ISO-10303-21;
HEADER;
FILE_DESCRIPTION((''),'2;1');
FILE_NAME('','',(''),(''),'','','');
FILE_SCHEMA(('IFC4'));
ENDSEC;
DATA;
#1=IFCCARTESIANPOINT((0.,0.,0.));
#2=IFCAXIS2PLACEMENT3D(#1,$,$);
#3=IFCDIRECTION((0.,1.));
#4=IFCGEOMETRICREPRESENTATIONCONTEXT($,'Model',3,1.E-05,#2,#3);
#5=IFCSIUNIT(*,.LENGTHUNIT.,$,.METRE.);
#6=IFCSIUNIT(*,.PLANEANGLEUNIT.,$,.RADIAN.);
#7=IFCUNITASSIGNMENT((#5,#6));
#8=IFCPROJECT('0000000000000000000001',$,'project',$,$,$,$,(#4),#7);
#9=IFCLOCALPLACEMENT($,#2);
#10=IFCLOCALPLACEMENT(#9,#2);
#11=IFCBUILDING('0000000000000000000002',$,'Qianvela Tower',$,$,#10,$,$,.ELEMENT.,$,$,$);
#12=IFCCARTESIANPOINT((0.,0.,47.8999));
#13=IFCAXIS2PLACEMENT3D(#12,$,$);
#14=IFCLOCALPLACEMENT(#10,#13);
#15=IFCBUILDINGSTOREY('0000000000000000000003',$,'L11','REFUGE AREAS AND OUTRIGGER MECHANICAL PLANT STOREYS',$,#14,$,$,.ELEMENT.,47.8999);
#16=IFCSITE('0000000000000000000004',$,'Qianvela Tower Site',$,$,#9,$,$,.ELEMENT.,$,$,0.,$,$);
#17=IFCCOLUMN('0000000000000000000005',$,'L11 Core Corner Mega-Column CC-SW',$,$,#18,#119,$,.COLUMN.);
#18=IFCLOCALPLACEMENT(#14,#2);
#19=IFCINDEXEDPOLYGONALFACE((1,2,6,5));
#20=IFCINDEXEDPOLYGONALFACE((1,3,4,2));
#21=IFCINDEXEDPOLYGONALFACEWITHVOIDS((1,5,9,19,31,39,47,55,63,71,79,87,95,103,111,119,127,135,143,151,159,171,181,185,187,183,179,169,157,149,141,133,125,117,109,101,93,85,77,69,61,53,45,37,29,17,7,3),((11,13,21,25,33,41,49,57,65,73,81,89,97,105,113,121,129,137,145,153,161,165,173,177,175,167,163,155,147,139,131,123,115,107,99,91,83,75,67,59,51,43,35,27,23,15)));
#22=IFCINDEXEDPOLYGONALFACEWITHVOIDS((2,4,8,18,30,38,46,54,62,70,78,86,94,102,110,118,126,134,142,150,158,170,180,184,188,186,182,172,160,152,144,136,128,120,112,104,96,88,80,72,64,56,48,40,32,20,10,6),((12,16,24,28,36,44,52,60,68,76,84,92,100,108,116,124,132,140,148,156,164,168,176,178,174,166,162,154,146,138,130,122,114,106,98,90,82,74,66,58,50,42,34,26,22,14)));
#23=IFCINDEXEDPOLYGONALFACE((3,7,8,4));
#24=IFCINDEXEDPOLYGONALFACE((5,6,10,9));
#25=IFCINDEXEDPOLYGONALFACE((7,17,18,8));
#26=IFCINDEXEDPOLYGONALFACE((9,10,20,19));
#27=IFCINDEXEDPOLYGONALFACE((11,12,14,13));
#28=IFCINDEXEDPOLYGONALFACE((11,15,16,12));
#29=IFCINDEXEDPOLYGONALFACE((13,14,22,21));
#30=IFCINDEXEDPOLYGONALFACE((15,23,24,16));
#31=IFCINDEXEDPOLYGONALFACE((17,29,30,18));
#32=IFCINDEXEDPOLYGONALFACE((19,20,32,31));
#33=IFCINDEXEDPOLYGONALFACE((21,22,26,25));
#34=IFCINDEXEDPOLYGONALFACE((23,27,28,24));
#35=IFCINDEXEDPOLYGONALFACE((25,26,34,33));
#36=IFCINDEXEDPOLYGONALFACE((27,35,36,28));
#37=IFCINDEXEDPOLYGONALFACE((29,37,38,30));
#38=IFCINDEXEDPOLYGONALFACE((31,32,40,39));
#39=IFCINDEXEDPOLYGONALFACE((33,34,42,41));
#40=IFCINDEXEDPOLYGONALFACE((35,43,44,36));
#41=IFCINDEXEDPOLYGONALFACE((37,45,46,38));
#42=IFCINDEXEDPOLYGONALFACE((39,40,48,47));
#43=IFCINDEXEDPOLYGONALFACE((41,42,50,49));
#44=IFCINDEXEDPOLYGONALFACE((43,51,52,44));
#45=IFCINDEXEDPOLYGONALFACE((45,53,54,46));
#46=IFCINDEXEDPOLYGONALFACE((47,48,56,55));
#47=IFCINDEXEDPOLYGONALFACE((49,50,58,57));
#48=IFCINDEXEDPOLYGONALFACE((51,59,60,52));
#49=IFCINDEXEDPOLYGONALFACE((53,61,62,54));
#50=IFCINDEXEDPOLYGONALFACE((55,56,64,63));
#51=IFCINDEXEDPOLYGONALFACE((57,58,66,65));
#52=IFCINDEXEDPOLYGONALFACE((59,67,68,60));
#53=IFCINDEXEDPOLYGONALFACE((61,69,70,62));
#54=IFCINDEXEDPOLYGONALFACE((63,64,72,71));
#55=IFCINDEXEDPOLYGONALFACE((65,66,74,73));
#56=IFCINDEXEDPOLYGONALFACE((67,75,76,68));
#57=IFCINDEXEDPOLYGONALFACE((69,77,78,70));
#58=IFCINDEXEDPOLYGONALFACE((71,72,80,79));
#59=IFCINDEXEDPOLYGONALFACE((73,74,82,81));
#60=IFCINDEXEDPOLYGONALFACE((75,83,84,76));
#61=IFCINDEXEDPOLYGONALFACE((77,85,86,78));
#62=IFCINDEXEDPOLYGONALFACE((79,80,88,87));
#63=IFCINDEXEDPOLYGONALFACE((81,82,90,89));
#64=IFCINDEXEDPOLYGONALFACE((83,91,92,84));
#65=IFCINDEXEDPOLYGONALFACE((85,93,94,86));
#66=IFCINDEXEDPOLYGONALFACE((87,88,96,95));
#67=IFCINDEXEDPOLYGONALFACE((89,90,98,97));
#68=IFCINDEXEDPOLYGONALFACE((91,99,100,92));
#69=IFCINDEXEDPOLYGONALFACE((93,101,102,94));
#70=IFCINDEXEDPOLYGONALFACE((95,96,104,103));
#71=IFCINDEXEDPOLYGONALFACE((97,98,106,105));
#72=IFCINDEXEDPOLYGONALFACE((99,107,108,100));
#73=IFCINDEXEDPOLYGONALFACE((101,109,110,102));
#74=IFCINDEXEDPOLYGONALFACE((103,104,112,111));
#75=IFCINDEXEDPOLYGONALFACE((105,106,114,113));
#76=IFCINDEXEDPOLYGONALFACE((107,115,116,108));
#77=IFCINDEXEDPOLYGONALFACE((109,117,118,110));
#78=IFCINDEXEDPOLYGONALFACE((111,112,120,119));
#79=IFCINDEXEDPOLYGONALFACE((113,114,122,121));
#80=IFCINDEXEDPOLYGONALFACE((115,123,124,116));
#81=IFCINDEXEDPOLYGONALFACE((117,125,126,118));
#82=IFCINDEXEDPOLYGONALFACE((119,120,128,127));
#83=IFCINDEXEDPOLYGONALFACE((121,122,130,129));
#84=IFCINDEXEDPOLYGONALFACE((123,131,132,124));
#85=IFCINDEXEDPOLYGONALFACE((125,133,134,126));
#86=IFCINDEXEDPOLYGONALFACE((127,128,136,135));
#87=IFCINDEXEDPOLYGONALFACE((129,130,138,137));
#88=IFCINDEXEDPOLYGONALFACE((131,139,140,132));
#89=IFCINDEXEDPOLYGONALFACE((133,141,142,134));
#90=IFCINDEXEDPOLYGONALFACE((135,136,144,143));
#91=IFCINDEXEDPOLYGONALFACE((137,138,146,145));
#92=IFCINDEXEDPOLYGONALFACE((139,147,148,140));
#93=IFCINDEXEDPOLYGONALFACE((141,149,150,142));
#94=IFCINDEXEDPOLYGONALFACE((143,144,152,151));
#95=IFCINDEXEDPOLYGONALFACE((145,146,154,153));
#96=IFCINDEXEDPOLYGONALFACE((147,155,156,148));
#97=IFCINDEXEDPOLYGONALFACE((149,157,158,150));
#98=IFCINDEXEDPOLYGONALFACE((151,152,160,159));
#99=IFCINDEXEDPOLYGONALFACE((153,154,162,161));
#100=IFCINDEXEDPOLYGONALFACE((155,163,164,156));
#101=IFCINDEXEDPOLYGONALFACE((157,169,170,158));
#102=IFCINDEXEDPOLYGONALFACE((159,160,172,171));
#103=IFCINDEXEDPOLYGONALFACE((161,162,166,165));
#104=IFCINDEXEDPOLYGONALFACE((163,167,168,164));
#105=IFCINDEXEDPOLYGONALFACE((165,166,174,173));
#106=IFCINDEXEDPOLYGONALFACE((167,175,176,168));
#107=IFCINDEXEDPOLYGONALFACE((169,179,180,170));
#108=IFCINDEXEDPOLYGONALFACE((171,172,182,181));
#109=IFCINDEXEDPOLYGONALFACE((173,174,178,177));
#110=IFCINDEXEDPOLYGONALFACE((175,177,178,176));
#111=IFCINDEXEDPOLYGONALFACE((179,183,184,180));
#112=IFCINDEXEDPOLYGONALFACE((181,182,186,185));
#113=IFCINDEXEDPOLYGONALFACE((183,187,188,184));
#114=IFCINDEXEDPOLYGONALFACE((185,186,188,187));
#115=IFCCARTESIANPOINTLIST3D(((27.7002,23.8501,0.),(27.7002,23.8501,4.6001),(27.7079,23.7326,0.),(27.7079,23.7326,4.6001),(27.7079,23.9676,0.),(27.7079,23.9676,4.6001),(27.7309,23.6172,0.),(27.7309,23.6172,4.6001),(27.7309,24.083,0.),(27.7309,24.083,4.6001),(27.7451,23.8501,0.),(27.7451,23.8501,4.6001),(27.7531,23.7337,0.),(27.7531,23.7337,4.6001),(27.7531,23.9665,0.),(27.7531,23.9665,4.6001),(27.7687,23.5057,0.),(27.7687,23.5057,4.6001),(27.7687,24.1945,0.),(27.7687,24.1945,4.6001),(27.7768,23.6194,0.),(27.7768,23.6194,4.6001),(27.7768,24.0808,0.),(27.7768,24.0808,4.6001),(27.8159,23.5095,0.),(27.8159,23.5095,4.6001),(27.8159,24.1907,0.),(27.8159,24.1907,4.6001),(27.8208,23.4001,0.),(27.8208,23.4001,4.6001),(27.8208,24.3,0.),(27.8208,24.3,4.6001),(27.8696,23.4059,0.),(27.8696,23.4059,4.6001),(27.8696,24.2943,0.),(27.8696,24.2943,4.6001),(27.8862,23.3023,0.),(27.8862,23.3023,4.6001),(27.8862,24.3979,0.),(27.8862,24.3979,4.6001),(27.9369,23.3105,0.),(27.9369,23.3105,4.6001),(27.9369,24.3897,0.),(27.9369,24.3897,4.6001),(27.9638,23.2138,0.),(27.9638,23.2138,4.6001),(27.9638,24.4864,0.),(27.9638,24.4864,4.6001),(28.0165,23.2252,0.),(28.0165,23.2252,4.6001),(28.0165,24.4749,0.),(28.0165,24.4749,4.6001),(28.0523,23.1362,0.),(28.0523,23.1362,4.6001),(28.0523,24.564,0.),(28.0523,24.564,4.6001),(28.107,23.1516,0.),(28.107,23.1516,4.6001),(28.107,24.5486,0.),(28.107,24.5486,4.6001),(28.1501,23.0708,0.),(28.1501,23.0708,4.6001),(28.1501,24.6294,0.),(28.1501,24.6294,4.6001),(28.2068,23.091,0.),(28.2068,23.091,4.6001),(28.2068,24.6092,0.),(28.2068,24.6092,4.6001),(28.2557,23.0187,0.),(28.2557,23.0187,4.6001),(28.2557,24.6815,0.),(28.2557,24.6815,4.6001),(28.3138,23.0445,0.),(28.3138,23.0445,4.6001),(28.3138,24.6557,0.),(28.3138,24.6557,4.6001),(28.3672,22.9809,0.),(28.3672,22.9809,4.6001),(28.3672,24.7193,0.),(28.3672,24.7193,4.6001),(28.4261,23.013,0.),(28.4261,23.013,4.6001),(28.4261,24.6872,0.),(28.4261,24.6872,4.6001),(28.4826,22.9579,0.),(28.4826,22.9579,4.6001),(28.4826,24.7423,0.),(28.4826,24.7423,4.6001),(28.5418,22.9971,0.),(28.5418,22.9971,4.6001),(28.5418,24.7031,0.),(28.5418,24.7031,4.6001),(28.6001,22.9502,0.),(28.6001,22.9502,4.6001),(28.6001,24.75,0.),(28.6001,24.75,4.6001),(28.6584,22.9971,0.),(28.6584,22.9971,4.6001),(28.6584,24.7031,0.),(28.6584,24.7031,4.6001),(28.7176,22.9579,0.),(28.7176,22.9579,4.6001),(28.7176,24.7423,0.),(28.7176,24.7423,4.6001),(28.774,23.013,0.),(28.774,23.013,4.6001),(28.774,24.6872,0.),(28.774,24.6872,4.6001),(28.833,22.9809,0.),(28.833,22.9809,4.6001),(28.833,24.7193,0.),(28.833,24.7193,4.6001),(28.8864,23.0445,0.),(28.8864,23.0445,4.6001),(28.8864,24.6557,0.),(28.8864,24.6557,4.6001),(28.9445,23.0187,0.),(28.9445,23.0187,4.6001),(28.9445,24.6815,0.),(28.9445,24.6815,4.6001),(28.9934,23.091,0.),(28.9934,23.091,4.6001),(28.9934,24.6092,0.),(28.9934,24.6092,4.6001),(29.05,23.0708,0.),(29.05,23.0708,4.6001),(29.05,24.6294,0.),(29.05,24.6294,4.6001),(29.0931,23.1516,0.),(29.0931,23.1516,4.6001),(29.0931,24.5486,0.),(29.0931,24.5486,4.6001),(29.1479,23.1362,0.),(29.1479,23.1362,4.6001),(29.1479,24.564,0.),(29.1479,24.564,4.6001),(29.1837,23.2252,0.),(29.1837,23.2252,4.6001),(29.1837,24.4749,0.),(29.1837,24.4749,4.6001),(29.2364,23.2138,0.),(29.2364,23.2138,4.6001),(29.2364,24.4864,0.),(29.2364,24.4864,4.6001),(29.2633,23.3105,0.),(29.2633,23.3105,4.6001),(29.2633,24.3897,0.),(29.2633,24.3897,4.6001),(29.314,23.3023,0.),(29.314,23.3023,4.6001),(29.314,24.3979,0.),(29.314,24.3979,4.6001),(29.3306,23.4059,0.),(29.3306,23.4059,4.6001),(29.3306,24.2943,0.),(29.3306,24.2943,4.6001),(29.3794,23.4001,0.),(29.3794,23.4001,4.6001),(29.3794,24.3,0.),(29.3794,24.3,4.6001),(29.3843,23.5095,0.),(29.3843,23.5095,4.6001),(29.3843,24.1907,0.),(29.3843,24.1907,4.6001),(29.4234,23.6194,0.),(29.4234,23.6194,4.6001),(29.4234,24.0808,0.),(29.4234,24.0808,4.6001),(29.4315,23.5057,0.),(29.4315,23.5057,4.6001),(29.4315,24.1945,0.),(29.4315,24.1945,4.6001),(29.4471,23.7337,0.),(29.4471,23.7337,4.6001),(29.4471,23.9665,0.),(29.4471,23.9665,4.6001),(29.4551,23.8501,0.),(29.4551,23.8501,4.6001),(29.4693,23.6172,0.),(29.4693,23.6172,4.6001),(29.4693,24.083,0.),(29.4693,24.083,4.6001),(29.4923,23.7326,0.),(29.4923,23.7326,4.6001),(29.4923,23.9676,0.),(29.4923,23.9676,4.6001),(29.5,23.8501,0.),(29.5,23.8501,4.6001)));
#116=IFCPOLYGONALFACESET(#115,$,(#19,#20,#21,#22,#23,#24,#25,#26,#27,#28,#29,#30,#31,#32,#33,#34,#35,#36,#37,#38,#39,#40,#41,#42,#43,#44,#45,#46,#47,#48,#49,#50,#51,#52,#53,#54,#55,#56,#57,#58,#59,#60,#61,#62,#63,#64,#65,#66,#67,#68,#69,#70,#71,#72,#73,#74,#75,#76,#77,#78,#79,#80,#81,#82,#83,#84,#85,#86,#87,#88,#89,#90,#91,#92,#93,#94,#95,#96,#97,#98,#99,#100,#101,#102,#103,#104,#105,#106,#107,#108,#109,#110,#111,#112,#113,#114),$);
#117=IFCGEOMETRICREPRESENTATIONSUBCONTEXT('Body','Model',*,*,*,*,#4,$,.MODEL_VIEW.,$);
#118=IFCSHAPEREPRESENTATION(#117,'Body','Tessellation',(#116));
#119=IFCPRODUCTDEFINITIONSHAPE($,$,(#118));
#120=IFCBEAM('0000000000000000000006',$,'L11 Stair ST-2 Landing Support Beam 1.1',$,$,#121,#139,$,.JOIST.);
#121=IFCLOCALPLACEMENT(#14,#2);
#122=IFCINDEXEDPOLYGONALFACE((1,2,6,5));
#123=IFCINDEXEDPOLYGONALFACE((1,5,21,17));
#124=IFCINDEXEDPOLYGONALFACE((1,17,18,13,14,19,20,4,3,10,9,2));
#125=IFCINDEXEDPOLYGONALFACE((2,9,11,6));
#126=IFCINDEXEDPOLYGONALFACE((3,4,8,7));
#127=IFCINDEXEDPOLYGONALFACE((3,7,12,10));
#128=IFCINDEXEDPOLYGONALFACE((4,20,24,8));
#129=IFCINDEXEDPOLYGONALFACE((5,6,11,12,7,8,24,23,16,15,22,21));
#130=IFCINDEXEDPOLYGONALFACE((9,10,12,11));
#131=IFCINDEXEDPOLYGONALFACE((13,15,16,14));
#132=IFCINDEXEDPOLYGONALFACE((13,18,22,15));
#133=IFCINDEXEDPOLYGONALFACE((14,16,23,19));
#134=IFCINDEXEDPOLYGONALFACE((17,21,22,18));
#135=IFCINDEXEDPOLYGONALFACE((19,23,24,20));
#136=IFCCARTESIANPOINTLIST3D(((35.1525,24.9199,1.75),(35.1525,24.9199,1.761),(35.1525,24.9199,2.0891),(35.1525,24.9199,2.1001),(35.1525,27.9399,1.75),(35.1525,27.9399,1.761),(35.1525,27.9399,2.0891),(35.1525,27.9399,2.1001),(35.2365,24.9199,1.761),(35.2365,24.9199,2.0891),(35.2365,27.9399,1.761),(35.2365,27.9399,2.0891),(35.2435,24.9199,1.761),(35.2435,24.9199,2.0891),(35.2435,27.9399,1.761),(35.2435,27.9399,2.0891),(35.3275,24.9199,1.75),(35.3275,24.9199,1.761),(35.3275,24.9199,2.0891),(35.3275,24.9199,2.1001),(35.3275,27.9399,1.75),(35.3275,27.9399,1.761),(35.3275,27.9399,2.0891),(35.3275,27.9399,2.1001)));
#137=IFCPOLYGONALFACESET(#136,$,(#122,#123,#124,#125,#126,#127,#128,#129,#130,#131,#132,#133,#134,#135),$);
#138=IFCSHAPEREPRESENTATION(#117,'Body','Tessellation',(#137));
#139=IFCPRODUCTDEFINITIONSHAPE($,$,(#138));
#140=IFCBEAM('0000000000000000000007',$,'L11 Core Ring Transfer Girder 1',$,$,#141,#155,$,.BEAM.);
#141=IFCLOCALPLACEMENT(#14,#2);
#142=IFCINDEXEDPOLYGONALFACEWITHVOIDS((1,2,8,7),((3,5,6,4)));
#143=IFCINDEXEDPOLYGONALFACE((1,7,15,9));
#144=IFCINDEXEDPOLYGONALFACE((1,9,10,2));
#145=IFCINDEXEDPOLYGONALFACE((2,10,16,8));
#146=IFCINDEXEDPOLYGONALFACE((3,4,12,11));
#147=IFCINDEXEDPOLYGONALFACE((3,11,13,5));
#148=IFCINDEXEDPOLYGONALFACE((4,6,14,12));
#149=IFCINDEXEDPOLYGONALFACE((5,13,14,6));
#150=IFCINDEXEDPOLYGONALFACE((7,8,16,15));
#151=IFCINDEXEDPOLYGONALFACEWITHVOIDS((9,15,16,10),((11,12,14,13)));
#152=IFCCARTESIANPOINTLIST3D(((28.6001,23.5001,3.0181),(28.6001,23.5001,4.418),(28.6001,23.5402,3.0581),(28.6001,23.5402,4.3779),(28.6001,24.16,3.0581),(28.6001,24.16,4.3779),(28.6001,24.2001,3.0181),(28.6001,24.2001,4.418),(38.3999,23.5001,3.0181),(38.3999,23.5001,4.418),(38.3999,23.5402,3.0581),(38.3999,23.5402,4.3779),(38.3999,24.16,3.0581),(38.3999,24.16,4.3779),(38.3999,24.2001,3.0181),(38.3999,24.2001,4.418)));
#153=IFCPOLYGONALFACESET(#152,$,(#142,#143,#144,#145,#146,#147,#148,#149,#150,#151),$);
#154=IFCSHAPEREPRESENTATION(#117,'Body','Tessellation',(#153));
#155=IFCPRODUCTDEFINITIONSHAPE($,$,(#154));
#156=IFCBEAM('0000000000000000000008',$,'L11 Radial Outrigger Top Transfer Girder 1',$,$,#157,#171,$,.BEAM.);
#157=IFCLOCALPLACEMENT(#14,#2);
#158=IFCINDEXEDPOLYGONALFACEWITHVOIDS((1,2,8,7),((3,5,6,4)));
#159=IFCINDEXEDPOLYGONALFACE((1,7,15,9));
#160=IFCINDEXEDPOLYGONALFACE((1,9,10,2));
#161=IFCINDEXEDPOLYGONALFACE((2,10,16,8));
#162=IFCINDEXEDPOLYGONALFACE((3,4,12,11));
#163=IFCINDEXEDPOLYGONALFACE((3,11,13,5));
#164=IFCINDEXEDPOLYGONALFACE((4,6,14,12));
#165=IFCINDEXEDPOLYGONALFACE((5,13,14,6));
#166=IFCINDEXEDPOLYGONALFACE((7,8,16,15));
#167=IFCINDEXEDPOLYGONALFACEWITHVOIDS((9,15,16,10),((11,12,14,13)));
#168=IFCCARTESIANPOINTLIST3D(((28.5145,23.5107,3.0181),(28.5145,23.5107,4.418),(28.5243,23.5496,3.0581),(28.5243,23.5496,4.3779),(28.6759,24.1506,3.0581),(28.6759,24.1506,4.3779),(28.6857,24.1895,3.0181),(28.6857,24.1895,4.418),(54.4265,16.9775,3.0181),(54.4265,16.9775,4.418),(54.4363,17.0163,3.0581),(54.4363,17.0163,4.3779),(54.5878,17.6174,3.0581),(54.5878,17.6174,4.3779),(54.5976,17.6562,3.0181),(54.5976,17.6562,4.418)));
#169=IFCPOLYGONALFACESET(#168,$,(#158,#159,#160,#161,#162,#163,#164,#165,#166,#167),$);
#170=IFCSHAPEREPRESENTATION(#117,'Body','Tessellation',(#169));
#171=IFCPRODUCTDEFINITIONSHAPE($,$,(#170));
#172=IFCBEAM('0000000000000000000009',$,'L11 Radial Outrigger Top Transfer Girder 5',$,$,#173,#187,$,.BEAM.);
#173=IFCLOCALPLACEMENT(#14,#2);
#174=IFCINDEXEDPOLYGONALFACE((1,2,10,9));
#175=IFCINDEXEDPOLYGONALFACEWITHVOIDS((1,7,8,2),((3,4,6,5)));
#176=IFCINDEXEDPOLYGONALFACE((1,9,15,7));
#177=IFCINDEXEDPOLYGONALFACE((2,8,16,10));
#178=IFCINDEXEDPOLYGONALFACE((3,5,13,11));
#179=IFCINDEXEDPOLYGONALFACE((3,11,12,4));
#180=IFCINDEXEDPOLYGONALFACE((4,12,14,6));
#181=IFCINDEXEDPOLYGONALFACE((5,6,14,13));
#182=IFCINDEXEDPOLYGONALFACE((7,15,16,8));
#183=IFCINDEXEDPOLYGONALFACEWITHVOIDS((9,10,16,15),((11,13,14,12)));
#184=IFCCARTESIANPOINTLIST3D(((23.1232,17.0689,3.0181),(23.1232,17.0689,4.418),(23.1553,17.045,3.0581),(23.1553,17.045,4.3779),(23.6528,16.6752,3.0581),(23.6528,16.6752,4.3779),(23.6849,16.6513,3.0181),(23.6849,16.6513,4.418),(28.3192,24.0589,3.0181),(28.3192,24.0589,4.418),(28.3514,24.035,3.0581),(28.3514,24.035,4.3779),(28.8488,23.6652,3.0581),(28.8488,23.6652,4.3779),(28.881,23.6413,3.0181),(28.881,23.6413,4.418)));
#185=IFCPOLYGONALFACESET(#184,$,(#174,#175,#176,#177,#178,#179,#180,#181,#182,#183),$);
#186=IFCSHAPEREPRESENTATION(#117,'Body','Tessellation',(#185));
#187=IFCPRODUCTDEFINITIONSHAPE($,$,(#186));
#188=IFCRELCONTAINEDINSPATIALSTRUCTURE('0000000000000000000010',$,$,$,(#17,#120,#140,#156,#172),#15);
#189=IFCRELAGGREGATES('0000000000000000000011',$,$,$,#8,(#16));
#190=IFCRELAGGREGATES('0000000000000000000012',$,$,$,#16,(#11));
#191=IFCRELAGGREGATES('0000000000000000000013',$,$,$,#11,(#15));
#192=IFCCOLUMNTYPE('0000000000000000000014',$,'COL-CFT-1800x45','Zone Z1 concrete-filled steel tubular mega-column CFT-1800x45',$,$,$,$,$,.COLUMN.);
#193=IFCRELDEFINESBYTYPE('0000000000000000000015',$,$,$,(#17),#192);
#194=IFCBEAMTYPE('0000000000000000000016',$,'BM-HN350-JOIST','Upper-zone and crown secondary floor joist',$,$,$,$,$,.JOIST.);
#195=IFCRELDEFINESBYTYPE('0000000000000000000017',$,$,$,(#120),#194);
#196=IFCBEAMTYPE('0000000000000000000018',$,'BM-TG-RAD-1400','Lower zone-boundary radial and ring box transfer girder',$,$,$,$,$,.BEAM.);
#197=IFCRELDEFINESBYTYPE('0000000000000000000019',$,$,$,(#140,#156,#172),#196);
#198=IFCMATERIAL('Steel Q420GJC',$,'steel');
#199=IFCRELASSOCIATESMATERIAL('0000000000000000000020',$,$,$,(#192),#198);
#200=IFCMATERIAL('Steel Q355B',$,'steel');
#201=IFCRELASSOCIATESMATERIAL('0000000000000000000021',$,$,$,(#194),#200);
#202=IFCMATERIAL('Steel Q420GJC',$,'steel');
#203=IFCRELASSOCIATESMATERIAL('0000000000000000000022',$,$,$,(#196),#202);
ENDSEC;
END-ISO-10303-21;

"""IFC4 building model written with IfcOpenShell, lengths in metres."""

from ifc_helpers import new_model, si_unit, direction, frame, origin, origin_2d, place, context, subcontext, project, spatial, hollow_rectangle, hollow_circle, i_section, extrude, material, material_profile, profile_set, type_object, element, save


model = new_model("IFC4")

# Units and contexts
model_context = context("Model", 3, precision=1e-05, world=origin(), true_north=direction((0.0, 1.0)))
body_context = subcontext(model_context, "Body", "Model", "MODEL_VIEW")
ifc_project = project(units=[si_unit("LENGTHUNIT", "METRE"), si_unit("PLANEANGLEUNIT", "RADIAN")], contexts=[model_context])

# Site, building, storey
site_placement = place(None, origin())
site = spatial("IfcSite", under=ifc_project, at=site_placement, Name="Qianvela Tower Site", CompositionType="ELEMENT", RefElevation=0.0)
building_placement = place(site_placement, origin())
building = spatial("IfcBuilding", under=site, at=building_placement, Name="Qianvela Tower", CompositionType="ELEMENT")
storey_placement = place(building_placement, frame((0.0, 0.0, 47.8999)))
storey = spatial("IfcBuildingStorey", under=building, at=storey_placement, Name="L11", Description="REFUGE AREAS AND OUTRIGGER MECHANICAL PLANT STOREYS", CompositionType="ELEMENT", Elevation=47.8999)

# Column
ifc_material_1 = material(Name="Steel Q420GJC", Category="steel")
ifc_material_profile_1 = material_profile(ifc_material_1, hollow_circle(Radius=0.8999, WallThickness=0.0449, at=origin_2d()), Name="CFT-1800x45")
ifc_profile_set_1 = profile_set([ifc_material_profile_1], Name="Steel Q420GJC")
column_type = type_object("IfcColumnType", Name="COL-CFT-1800x45", Description="Zone Z1 concrete-filled steel tubular mega-column CFT-1800x45", PredefinedType="COLUMN", material=ifc_profile_set_1)
column_placement = place(storey_placement, frame((28.6001, 23.8501, 0.0), z_axis=(0.0, 0.0, 1.0), x_axis=(1.0, 0.0, 0.0)))
element("IfcColumn", 1, at=column_placement, inside=storey, type_object=column_type, Name="L11 Core Corner Mega-Column CC-SW", PredefinedType="COLUMN", context=body_context, shape_type="SweptSolid", body=[
    extrude(hollow_circle(Radius=0.8999, WallThickness=0.0449, at=origin_2d()), origin(), (0.0, 0.0, 1.0), 4.6001),
])

# Beams
ifc_material_2 = material(Name="Steel Q355B", Category="steel")
ifc_material_profile_2 = material_profile(ifc_material_2, i_section(OverallWidth=0.175, OverallDepth=0.3501, WebThickness=0.0071, FlangeThickness=0.011, at=origin_2d()), Name="HN350x175x7x11")
ifc_profile_set_2 = profile_set([ifc_material_profile_2], Name="Steel Q355B")
beam_type_1 = type_object("IfcBeamType", Name="BM-HN350-JOIST", Description="Upper-zone and crown secondary floor joist", PredefinedType="JOIST", material=ifc_profile_set_2)
beam_1_placement = place(storey_placement, frame((35.24, 24.9199, 1.925), z_axis=(0.0, 1.0, 0.0), x_axis=(-1.0, 0.0, 0.0)))
element("IfcBeam", 2, at=beam_1_placement, inside=storey, type_object=beam_type_1, Name="L11 Stair ST-2 Landing Support Beam 1.1", PredefinedType="JOIST", context=body_context, shape_type="SweptSolid", body=[
    extrude(i_section(OverallWidth=0.175, OverallDepth=0.3501, WebThickness=0.0071, FlangeThickness=0.011, at=origin_2d()), origin(), (0.0, 0.0, 1.0), 3.02),
])
ifc_material_3 = material(Name="Steel Q420GJC", Category="steel")
ifc_material_profile_3 = material_profile(ifc_material_3, hollow_rectangle(XDim=0.7, YDim=1.3999, WallThickness=0.04, at=origin_2d()), Name="TG-BOX-1400x700x40")
ifc_profile_set_3 = profile_set([ifc_material_profile_3], Name="Steel Q420GJC")
beam_type_2 = type_object("IfcBeamType", Name="BM-TG-RAD-1400", Description="Lower zone-boundary radial and ring box transfer girder", PredefinedType="BEAM", material=ifc_profile_set_3)
beam_2_placement = place(storey_placement, frame((28.6001, 23.8501, 3.718), z_axis=(1.0, 0.0, 0.0), x_axis=(0.0, 1.0, 0.0)))
element("IfcBeam", 3, at=beam_2_placement, inside=storey, type_object=beam_type_2, Name="L11 Core Ring Transfer Girder 1", PredefinedType="BEAM", context=body_context, shape_type="SweptSolid", body=[
    extrude(hollow_rectangle(XDim=0.7, YDim=1.3999, WallThickness=0.04, at=origin_2d()), origin(), (0.0, 0.0, 1.0), 9.7998),
])
beam_3_placement = place(storey_placement, frame((28.6001, 23.8501, 3.718), z_axis=(0.969654, -0.244481, 0.0), x_axis=(0.244481, 0.969654, 0.0)))
element("IfcBeam", 4, at=beam_3_placement, inside=storey, type_object=beam_type_2, Name="L11 Radial Outrigger Top Transfer Girder 1", PredefinedType="BEAM", context=body_context, shape_type="SweptSolid", body=[
    extrude(hollow_rectangle(XDim=0.7, YDim=1.3999, WallThickness=0.04, at=origin_2d()), origin(), (0.0, 0.0, 1.0), 26.7229),
])
beam_4_placement = place(storey_placement, frame((28.6001, 23.8501, 3.718), z_axis=(-0.596581, -0.802553, 0.0), x_axis=(0.802553, -0.596581, 0.0)))
element("IfcBeam", 5, at=beam_4_placement, inside=storey, type_object=beam_type_2, Name="L11 Radial Outrigger Top Transfer Girder 5", PredefinedType="BEAM", context=body_context, shape_type="SweptSolid", body=[
    extrude(hollow_rectangle(XDim=0.7, YDim=1.3999, WallThickness=0.04, at=origin_2d()), origin(), (0.0, 0.0, 1.0), 8.7097),
])

save(model, "model.ifc")
